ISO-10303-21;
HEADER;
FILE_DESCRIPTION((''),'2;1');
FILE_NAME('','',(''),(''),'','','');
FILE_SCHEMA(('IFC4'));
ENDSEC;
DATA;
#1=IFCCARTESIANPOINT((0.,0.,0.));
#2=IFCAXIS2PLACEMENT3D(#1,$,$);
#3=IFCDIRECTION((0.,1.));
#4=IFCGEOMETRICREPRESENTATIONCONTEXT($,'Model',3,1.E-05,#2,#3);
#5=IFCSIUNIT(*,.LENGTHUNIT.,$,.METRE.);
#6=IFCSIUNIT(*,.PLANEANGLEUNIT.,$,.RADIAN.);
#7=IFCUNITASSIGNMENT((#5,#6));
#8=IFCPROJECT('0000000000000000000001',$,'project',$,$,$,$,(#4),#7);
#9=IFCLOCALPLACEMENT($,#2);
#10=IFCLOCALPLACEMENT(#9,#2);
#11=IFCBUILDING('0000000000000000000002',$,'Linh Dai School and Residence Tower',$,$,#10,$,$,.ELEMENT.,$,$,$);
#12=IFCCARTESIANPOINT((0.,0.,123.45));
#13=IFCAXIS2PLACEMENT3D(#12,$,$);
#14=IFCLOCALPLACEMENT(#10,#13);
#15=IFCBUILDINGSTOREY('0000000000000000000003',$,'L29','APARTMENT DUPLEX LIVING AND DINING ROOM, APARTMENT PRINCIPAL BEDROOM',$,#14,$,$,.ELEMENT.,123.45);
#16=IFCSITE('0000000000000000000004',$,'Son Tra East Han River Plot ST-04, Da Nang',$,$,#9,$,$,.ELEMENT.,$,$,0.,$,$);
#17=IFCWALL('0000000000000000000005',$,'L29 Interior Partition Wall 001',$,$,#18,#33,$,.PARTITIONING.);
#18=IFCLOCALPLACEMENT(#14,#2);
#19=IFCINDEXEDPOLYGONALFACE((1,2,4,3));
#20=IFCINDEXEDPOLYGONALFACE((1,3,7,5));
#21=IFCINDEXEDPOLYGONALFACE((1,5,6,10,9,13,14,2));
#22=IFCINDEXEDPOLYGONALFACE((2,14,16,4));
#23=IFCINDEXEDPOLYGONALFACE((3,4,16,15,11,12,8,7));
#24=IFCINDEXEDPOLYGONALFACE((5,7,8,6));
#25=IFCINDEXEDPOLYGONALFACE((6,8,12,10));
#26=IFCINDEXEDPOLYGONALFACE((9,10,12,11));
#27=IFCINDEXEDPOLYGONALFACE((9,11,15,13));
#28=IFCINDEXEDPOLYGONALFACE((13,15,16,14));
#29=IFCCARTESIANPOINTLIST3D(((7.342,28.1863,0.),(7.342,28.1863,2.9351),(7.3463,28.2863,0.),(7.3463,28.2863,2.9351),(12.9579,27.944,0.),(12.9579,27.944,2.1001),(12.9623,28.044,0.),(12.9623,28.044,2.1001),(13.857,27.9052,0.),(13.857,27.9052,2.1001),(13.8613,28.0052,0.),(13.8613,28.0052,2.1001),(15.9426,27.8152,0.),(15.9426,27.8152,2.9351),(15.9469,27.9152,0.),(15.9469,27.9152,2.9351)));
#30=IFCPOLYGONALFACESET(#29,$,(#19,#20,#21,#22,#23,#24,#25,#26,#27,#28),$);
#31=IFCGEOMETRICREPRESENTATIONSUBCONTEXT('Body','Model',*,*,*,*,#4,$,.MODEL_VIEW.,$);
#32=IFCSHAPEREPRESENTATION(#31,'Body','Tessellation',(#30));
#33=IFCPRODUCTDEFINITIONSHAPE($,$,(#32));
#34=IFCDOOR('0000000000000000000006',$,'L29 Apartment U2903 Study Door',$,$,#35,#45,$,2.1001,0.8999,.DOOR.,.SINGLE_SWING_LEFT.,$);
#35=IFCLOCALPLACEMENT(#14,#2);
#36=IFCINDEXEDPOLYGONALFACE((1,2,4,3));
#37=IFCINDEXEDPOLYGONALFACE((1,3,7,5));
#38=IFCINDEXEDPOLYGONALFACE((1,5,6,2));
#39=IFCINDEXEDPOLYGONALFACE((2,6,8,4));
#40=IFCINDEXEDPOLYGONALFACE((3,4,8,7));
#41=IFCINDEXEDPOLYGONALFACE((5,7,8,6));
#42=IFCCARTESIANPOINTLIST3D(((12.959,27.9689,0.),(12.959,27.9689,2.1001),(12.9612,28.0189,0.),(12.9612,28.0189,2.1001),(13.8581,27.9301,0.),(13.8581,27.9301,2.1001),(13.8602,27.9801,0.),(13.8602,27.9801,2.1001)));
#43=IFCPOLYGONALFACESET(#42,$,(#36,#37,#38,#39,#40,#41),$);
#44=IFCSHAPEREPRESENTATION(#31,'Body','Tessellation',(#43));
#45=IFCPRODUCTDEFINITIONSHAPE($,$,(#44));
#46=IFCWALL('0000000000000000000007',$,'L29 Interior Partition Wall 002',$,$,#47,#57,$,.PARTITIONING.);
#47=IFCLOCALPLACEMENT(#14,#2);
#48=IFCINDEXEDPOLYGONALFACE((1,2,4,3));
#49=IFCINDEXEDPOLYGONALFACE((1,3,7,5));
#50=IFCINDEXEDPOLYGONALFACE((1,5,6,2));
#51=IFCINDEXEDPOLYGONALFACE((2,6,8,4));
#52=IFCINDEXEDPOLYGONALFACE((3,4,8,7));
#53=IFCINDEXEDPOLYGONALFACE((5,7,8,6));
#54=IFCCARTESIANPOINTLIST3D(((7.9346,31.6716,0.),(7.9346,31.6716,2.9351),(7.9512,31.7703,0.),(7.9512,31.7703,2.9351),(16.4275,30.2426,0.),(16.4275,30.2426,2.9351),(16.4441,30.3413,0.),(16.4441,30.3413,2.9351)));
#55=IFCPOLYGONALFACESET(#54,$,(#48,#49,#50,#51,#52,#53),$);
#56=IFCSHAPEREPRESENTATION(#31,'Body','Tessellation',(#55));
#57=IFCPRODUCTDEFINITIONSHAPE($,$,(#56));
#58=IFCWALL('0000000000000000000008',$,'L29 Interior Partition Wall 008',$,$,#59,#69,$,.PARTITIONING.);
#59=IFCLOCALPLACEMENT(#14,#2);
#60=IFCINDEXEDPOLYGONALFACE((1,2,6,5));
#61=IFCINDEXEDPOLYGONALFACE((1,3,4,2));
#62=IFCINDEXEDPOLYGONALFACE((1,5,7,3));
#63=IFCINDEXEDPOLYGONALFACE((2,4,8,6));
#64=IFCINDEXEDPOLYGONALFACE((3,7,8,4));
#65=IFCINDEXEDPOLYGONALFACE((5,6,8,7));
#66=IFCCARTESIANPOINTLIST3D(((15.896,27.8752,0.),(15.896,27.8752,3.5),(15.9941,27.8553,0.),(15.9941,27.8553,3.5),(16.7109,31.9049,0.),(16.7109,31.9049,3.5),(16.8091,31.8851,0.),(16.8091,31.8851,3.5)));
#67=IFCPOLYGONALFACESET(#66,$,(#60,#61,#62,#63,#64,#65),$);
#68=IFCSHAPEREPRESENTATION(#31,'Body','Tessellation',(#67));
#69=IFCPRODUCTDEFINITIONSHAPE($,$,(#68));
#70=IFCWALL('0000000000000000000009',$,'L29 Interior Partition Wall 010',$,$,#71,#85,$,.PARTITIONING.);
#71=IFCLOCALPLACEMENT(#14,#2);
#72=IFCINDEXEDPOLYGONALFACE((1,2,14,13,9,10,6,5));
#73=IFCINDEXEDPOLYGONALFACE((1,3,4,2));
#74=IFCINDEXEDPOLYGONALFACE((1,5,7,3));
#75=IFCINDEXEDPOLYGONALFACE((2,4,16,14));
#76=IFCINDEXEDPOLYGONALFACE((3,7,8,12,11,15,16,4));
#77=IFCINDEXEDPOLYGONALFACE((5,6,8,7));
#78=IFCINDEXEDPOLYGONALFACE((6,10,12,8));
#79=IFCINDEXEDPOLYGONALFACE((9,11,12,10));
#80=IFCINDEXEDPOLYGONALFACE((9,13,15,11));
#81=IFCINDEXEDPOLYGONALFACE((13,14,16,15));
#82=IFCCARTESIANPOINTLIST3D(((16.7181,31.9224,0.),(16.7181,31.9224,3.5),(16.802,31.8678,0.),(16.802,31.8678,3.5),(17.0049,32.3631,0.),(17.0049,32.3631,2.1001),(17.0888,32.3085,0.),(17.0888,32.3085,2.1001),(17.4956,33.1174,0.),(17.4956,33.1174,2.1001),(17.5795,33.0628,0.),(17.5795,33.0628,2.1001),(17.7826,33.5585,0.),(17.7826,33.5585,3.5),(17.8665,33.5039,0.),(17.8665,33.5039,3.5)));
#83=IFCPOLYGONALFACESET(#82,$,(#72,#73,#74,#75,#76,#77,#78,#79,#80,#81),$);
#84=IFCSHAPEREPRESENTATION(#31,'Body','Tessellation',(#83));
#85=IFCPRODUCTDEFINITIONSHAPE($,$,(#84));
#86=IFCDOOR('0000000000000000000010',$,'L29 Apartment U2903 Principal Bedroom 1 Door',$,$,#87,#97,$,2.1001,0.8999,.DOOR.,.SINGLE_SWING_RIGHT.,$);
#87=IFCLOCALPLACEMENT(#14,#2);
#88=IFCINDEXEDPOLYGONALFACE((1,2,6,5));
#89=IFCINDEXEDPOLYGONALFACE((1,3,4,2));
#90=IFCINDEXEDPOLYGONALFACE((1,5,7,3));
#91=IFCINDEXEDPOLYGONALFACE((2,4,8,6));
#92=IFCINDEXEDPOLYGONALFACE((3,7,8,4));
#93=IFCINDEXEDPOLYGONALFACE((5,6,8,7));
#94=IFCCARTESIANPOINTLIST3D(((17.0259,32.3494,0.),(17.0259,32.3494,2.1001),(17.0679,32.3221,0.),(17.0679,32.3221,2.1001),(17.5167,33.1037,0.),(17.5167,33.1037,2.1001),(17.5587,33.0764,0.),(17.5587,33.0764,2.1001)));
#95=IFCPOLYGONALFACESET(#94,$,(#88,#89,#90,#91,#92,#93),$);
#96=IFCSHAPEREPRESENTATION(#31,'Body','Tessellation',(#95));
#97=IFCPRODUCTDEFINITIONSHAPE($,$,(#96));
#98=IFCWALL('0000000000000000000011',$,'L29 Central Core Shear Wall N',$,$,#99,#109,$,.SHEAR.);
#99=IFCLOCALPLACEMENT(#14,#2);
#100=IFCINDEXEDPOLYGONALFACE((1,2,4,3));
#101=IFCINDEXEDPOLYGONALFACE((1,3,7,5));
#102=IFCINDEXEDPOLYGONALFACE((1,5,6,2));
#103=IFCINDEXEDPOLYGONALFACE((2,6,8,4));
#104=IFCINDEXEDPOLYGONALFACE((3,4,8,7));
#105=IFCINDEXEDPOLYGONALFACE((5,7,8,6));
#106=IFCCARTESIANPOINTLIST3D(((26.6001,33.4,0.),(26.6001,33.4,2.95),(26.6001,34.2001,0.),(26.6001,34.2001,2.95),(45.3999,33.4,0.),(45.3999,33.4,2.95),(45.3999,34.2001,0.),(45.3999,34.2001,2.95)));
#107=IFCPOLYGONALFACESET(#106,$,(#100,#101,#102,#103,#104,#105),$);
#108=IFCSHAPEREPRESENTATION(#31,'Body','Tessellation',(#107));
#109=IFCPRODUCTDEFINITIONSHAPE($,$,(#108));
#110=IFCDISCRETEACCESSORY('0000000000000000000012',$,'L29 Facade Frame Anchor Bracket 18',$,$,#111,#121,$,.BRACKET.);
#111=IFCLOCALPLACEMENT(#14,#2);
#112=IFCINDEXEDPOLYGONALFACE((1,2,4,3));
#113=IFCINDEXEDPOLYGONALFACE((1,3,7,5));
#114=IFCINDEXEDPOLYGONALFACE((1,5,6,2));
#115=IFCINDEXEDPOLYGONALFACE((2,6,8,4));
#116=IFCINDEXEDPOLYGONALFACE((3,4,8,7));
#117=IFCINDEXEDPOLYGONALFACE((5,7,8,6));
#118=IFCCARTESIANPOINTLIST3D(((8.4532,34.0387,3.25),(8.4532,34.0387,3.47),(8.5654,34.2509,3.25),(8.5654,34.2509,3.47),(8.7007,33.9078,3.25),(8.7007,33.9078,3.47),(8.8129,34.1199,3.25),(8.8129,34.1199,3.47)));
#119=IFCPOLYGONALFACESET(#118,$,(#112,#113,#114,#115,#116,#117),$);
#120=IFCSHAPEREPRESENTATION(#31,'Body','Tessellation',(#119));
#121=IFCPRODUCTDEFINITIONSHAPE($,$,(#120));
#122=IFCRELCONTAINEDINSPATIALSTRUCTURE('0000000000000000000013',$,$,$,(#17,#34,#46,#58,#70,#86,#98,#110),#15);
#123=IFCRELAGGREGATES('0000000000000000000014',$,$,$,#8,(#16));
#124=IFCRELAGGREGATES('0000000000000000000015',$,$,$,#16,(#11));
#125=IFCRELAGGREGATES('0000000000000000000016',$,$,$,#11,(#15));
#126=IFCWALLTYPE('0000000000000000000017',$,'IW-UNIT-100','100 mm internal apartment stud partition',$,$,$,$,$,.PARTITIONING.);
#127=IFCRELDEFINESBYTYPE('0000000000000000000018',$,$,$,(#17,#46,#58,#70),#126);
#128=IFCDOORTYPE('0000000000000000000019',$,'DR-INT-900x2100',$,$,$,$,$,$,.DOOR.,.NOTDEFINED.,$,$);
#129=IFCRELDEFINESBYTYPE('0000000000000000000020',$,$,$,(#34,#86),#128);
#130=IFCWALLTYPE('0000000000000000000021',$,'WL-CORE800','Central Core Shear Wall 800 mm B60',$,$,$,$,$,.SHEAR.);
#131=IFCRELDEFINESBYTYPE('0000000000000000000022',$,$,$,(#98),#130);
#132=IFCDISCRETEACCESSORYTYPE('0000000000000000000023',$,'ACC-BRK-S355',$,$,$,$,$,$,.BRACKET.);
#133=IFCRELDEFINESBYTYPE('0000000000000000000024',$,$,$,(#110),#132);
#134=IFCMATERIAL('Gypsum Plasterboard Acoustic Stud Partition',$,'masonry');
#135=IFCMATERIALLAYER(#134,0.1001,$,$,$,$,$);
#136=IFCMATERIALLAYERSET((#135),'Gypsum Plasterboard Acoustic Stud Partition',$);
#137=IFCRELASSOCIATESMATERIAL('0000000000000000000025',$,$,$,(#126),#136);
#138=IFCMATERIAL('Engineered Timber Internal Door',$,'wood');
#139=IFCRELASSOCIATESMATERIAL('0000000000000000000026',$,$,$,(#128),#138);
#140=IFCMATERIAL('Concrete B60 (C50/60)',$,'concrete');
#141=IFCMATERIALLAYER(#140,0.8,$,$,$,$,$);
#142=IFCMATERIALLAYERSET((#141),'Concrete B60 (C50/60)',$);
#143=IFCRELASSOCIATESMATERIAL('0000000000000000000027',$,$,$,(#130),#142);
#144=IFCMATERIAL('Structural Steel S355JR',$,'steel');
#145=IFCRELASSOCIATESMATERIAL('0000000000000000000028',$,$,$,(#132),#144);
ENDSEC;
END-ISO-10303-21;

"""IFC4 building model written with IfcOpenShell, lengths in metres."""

from ifc_helpers import new_model, si_unit, direction, frame, frame_2d, origin, origin_2d, place, context, subcontext, project, spatial, rectangle, extrude, source, transform, mapped, material, layer, layer_set, type_object, element, fill, save


model = new_model("IFC4")

# Units and contexts
model_context = context("Model", 3, precision=1e-05, world=origin(), true_north=direction((0.0, 1.0)))
body_context = subcontext(model_context, "Body", "Model", "MODEL_VIEW")
ifc_project = project(units=[si_unit("LENGTHUNIT", "METRE"), si_unit("PLANEANGLEUNIT", "RADIAN")], contexts=[model_context])

# Site, building, storey
site_placement = place(None, origin())
site = spatial("IfcSite", under=ifc_project, at=site_placement, Name="Son Tra East Han River Plot ST-04, Da Nang", CompositionType="ELEMENT", RefElevation=0.0)
building_placement = place(site_placement, origin())
building = spatial("IfcBuilding", under=site, at=building_placement, Name="Linh Dai School and Residence Tower", CompositionType="ELEMENT")
storey_placement = place(building_placement, frame((0.0, 0.0, 123.45)))
storey = spatial("IfcBuildingStorey", under=building, at=storey_placement, Name="L29", Description="APARTMENT DUPLEX LIVING AND DINING ROOM, APARTMENT PRINCIPAL BEDROOM", CompositionType="ELEMENT", Elevation=123.45)

# Shared definitions
ifc_material_1 = material(Name="Concrete B60 (C50/60)", Category="concrete")
ifc_material_2 = material(Name="Structural Steel S355JR", Category="steel")

# Wall, opening, door
ifc_material_3 = material(Name="Gypsum Plasterboard Acoustic Stud Partition", Category="masonry")
ifc_layer_1 = layer(ifc_material_3, 0.1001)
ifc_layer_set_1 = layer_set([ifc_layer_1], Name="Gypsum Plasterboard Acoustic Stud Partition")
wall_type_1 = type_object("IfcWallType", Name="IW-UNIT-100", Description="100 mm internal apartment stud partition", PredefinedType="PARTITIONING", material=ifc_layer_set_1)
wall_1_placement = place(storey_placement, frame((7.3442, 28.2363, 0.0), z_axis=(0.0, 0.0, 1.0), x_axis=(0.99907, -0.043107, 0.0)))
wall_1 = element("IfcWall", 1, at=wall_1_placement, inside=storey, type_object=wall_type_1, Name="L29 Interior Partition Wall 001", PredefinedType="PARTITIONING", context=body_context, shape_type="SweptSolid", body=[
    extrude(rectangle(XDim=8.6086, YDim=0.1001, at=frame_2d((4.3042, 0.0))), origin(), (0.0, 0.0, 1.0), 2.9351),
])
opening_1_placement = place(wall_1_placement, frame((5.6211, 0.0, 0.0)))
opening_1 = element("IfcOpeningElement", 2, at=opening_1_placement, cuts=wall_1, PredefinedType="OPENING", context=body_context, shape_type="SweptSolid", body=[
    extrude(rectangle(XDim=0.8999, YDim=2.1001, at=origin_2d()), frame((0.45, 0.0601, 1.05), z_axis=(0.0, -1.0, 0.0), x_axis=(1.0, 0.0, 0.0)), (0.0, 0.0, 1.0), 0.1201),
])
ifc_material_4 = material(Name="Engineered Timber Internal Door", Category="wood")
door_type = type_object("IfcDoorType", Name="DR-INT-900x2100", OperationType="NOTDEFINED", PredefinedType="DOOR", material=ifc_material_4)
shared_shape_1 = source(origin(), body_context, "Body", "SweptSolid", [
    extrude(rectangle(XDim=0.8999, YDim=2.1001, at=origin_2d()), frame((0.45, 0.0249, 1.05), z_axis=(0.0, -1.0, 0.0), x_axis=(1.0, 0.0, 0.0)), (0.0, 0.0, 1.0), 0.05),
])
door_1_placement = place(opening_1_placement, origin())
door_1 = element("IfcDoor", 3, at=door_1_placement, inside=storey, type_object=door_type, Name="L29 Apartment U2903 Study Door", OperationType="SINGLE_SWING_LEFT", OverallHeight=2.1001, OverallWidth=0.8999, PredefinedType="DOOR", context=body_context, shape_type="MappedRepresentation", body=[
    mapped(shared_shape_1, transform((0.0, 0.0, 0.0), x_axis=(1.0, 0.0, 0.0), y_axis=(0.0, 1.0, 0.0), z_axis=(0.0, 0.0, 1.0), scale=1.0)),
])
fill(opening_1, door_1)

# Walls
wall_2_placement = place(storey_placement, frame((7.9429, 31.7209, 0.0), z_axis=(0.0, 0.0, 1.0), x_axis=(0.986139, -0.16592, 0.0)))
element("IfcWall", 4, at=wall_2_placement, inside=storey, type_object=wall_type_1, Name="L29 Interior Partition Wall 002", PredefinedType="PARTITIONING", context=body_context, shape_type="SweptSolid", body=[
    extrude(rectangle(XDim=8.6123, YDim=0.1001, at=frame_2d((4.3062, 0.0))), origin(), (0.0, 0.0, 1.0), 2.9351),
])
wall_3_placement = place(storey_placement, frame((15.9451, 27.8652, 0.0), z_axis=(0.0, 0.0, 1.0), x_axis=(0.198217, 0.980158, 0.0)))
element("IfcWall", 5, at=wall_3_placement, inside=storey, type_object=wall_type_1, Name="L29 Interior Partition Wall 008", PredefinedType="PARTITIONING", context=body_context, shape_type="SweptSolid", body=[
    extrude(rectangle(XDim=4.1113, YDim=0.1001, at=frame_2d((2.0557, 0.0))), origin(), (0.0, 0.0, 1.0), 3.5),
])

# Wall, opening, door
wall_4_placement = place(storey_placement, frame((16.76, 31.895, 0.0), z_axis=(0.0, 0.0, 1.0), x_axis=(0.545371, 0.838195, 0.0)))
wall_4 = element("IfcWall", 6, at=wall_4_placement, inside=storey, type_object=wall_type_1, Name="L29 Interior Partition Wall 010", PredefinedType="PARTITIONING", context=body_context, shape_type="SweptSolid", body=[
    extrude(rectangle(XDim=1.9519, YDim=0.1001, at=frame_2d((0.9761, 0.0))), origin(), (0.0, 0.0, 1.0), 3.5),
])
opening_2_placement = place(wall_4_placement, frame((0.5259, 0.0, 0.0)))
opening_2 = element("IfcOpeningElement", 7, at=opening_2_placement, cuts=wall_4, PredefinedType="OPENING", context=body_context, shape_type="SweptSolid", body=[
    extrude(rectangle(XDim=0.8999, YDim=2.1001, at=origin_2d()), frame((0.45, 0.0601, 1.05), z_axis=(0.0, -1.0, 0.0), x_axis=(1.0, 0.0, 0.0)), (0.0, 0.0, 1.0), 0.1201),
])
door_2_placement = place(opening_2_placement, origin())
door_2 = element("IfcDoor", 8, at=door_2_placement, inside=storey, type_object=door_type, Name="L29 Apartment U2903 Principal Bedroom 1 Door", OperationType="SINGLE_SWING_RIGHT", OverallHeight=2.1001, OverallWidth=0.8999, PredefinedType="DOOR", context=body_context, shape_type="MappedRepresentation", body=[
    mapped(shared_shape_1, transform((0.0, 0.0, 0.0), x_axis=(1.0, 0.0, 0.0), y_axis=(0.0, 1.0, 0.0), z_axis=(0.0, 0.0, 1.0), scale=1.0)),
])
fill(opening_2, door_2)

# Wall
ifc_layer_2 = layer(ifc_material_1, 0.8)
ifc_layer_set_2 = layer_set([ifc_layer_2], Name="Concrete B60 (C50/60)")
wall_type_2 = type_object("IfcWallType", Name="WL-CORE800", Description="Central Core Shear Wall 800 mm B60", PredefinedType="SHEAR", material=ifc_layer_set_2)
wall_5_placement = place(storey_placement, frame((26.6001, 33.8, 0.0), z_axis=(0.0, 0.0, 1.0), x_axis=(1.0, 0.0, 0.0)))
element("IfcWall", 9, at=wall_5_placement, inside=storey, type_object=wall_type_2, Name="L29 Central Core Shear Wall N", PredefinedType="SHEAR", context=body_context, shape_type="SweptSolid", body=[
    extrude(rectangle(XDim=18.7998, YDim=0.8, at=frame_2d((9.3999, 0.0))), origin(), (0.0, 0.0, 1.0), 2.95),
])

# Discrete accessory
discrete_accessory_type = type_object("IfcDiscreteAccessoryType", Name="ACC-BRK-S355", PredefinedType="BRACKET", material=ifc_material_2)
shared_shape_2 = source(origin(), body_context, "Body", "SweptSolid", [
    extrude(rectangle(XDim=0.28, YDim=0.24, at=origin_2d()), origin(), (0.0, 0.0, 1.0), 0.22),
])
discrete_accessory_placement = place(storey_placement, frame((8.6331, 34.0793, 3.25), z_axis=(0.0, 0.0, 1.0), x_axis=(-0.883942, 0.467596, 0.0)))
element("IfcDiscreteAccessory", 10, at=discrete_accessory_placement, inside=storey, type_object=discrete_accessory_type, Name="L29 Facade Frame Anchor Bracket 18", PredefinedType="BRACKET", context=body_context, shape_type="MappedRepresentation", body=[
    mapped(shared_shape_2, transform((0.0, 0.0, 0.0), x_axis=(1.0, 0.0, 0.0), y_axis=(0.0, 1.0, 0.0), z_axis=(0.0, 0.0, 1.0), scale=1.0)),
])

save(model, "model.ifc")
